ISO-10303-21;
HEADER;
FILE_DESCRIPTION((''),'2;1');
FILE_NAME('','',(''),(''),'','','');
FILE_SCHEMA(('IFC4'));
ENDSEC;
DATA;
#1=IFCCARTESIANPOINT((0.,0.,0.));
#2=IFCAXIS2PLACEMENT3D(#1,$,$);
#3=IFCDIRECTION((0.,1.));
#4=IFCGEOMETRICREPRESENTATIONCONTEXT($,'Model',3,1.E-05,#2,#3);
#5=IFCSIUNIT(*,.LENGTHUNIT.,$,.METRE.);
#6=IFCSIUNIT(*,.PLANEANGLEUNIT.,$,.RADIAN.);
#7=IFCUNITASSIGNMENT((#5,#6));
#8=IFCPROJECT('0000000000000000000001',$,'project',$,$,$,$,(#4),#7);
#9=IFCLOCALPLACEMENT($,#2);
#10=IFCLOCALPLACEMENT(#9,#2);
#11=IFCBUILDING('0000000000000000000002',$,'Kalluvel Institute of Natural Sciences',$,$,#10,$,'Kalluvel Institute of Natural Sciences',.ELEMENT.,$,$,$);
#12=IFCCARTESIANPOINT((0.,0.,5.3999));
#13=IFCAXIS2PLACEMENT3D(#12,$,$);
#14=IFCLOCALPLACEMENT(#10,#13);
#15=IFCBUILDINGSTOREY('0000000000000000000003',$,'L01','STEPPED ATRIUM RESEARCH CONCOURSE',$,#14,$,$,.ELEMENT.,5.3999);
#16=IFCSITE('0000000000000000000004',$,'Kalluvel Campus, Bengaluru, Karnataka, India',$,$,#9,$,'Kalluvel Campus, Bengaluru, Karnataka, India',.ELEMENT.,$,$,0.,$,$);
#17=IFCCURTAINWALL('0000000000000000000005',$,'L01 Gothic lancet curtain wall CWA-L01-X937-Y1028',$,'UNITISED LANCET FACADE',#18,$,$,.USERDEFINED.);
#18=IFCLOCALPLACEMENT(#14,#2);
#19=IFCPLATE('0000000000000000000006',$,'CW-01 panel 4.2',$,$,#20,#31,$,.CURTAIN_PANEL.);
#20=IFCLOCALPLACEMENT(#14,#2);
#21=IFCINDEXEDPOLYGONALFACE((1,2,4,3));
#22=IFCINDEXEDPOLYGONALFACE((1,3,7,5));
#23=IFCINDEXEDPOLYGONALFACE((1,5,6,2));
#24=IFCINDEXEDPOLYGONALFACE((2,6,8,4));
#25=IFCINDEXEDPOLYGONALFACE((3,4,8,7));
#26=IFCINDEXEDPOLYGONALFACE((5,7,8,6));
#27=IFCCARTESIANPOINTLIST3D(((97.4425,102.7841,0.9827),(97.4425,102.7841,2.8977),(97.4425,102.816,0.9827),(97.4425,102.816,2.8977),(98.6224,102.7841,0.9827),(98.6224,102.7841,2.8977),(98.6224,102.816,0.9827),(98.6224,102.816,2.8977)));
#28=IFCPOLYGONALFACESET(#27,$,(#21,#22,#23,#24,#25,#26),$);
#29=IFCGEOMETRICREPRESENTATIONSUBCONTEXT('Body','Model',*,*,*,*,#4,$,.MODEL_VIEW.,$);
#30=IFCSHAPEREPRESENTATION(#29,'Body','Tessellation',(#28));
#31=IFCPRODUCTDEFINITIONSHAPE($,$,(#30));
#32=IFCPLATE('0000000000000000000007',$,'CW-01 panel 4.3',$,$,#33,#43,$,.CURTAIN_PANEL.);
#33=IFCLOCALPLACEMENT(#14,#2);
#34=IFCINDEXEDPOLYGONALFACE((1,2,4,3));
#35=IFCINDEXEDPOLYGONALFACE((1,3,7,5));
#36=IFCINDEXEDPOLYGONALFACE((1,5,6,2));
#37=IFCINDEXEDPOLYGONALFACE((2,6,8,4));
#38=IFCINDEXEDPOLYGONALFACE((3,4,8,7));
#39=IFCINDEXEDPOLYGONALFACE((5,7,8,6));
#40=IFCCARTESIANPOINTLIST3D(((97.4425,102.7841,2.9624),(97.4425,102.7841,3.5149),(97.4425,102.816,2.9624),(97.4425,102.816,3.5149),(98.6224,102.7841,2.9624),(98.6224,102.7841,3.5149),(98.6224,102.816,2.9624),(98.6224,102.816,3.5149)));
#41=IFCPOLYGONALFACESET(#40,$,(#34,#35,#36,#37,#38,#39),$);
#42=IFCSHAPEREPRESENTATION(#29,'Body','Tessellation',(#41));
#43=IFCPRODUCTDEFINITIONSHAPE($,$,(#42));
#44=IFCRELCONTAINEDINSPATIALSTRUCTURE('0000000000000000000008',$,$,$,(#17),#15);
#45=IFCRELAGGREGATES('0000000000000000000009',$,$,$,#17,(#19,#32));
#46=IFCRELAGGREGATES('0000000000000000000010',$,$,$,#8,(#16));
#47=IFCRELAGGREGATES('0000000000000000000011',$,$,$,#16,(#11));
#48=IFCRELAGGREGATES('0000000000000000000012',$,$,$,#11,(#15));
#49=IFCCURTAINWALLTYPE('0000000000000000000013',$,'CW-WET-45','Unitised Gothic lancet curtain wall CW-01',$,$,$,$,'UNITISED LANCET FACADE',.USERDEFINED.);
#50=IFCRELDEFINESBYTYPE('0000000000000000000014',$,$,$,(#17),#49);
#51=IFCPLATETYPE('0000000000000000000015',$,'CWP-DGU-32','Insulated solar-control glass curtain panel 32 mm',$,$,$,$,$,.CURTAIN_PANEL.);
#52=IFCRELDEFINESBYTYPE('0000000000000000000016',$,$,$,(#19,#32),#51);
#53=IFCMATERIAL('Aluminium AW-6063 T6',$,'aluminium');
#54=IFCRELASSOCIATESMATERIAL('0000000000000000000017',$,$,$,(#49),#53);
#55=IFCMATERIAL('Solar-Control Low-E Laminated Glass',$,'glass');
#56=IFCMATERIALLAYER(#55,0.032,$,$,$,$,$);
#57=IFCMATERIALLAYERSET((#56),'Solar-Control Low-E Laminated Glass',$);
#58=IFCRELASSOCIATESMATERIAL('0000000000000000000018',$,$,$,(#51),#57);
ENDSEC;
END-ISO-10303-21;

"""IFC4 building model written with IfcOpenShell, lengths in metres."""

from ifc_helpers import new_model, si_unit, direction, frame, origin, origin_2d, place, context, subcontext, project, spatial, rectangle, extrude, material, layer, layer_set, type_object, element, aggregate, save


model = new_model("IFC4")

# Units and contexts
model_context = context("Model", 3, precision=1e-05, world=origin(), true_north=direction((0.0, 1.0)))
body_context = subcontext(model_context, "Body", "Model", "MODEL_VIEW")
ifc_project = project(units=[si_unit("LENGTHUNIT", "METRE"), si_unit("PLANEANGLEUNIT", "RADIAN")], contexts=[model_context])

# Site, building, storey
site_placement = place(None, origin())
site = spatial("IfcSite", under=ifc_project, at=site_placement, Name="Kalluvel Campus, Bengaluru, Karnataka, India", LongName="Kalluvel Campus, Bengaluru, Karnataka, India", CompositionType="ELEMENT", RefElevation=0.0)
building_placement = place(site_placement, origin())
building = spatial("IfcBuilding", under=site, at=building_placement, Name="Kalluvel Institute of Natural Sciences", LongName="Kalluvel Institute of Natural Sciences", CompositionType="ELEMENT")
storey_placement = place(building_placement, frame((0.0, 0.0, 5.3999)))
storey = spatial("IfcBuildingStorey", under=building, at=storey_placement, Name="L01", Description="STEPPED ATRIUM RESEARCH CONCOURSE", CompositionType="ELEMENT", Elevation=5.3999)

# Curtain wall, plates
ifc_material_1 = material(Name="Aluminium AW-6063 T6", Category="aluminium")
curtain_wall_type = type_object("IfcCurtainWallType", Name="CW-WET-45", Description="Unitised Gothic lancet curtain wall CW-01", ElementType="UNITISED LANCET FACADE", PredefinedType="USERDEFINED", material=ifc_material_1)
curtain_wall_placement = place(storey_placement, origin())
curtain_wall = element("IfcCurtainWall", 1, at=curtain_wall_placement, inside=storey, type_object=curtain_wall_type, Name="L01 Gothic lancet curtain wall CWA-L01-X937-Y1028", ObjectType="UNITISED LANCET FACADE", PredefinedType="USERDEFINED")
ifc_material_2 = material(Name="Solar-Control Low-E Laminated Glass", Category="glass")
ifc_layer = layer(ifc_material_2, 0.032)
ifc_layer_set = layer_set([ifc_layer], Name="Solar-Control Low-E Laminated Glass")
plate_type = type_object("IfcPlateType", Name="CWP-DGU-32", Description="Insulated solar-control glass curtain panel 32 mm", PredefinedType="CURTAIN_PANEL", material=ifc_layer_set)
plate_1_placement = place(storey_placement, frame((98.0325, 102.8, 0.9827), z_axis=(0.0, 0.0, 1.0), x_axis=(1.0, 0.0, 0.0)))
plate_1 = element("IfcPlate", 2, at=plate_1_placement, type_object=plate_type, Name="CW-01 panel 4.2", PredefinedType="CURTAIN_PANEL", context=body_context, shape_type="SweptSolid", body=[
    extrude(rectangle(XDim=1.1799, YDim=0.032, at=origin_2d()), origin(), (0.0, 0.0, 1.0), 1.915),
])
plate_2_placement = place(storey_placement, frame((98.0325, 102.8, 2.9624), z_axis=(0.0, 0.0, 1.0), x_axis=(1.0, 0.0, 0.0)))
plate_2 = element("IfcPlate", 3, at=plate_2_placement, type_object=plate_type, Name="CW-01 panel 4.3", PredefinedType="CURTAIN_PANEL", context=body_context, shape_type="SweptSolid", body=[
    extrude(rectangle(XDim=1.1799, YDim=0.032, at=origin_2d()), origin(), (0.0, 0.0, 1.0), 0.5525),
])
aggregate(curtain_wall, [plate_1, plate_2])

save(model, "model.ifc")
